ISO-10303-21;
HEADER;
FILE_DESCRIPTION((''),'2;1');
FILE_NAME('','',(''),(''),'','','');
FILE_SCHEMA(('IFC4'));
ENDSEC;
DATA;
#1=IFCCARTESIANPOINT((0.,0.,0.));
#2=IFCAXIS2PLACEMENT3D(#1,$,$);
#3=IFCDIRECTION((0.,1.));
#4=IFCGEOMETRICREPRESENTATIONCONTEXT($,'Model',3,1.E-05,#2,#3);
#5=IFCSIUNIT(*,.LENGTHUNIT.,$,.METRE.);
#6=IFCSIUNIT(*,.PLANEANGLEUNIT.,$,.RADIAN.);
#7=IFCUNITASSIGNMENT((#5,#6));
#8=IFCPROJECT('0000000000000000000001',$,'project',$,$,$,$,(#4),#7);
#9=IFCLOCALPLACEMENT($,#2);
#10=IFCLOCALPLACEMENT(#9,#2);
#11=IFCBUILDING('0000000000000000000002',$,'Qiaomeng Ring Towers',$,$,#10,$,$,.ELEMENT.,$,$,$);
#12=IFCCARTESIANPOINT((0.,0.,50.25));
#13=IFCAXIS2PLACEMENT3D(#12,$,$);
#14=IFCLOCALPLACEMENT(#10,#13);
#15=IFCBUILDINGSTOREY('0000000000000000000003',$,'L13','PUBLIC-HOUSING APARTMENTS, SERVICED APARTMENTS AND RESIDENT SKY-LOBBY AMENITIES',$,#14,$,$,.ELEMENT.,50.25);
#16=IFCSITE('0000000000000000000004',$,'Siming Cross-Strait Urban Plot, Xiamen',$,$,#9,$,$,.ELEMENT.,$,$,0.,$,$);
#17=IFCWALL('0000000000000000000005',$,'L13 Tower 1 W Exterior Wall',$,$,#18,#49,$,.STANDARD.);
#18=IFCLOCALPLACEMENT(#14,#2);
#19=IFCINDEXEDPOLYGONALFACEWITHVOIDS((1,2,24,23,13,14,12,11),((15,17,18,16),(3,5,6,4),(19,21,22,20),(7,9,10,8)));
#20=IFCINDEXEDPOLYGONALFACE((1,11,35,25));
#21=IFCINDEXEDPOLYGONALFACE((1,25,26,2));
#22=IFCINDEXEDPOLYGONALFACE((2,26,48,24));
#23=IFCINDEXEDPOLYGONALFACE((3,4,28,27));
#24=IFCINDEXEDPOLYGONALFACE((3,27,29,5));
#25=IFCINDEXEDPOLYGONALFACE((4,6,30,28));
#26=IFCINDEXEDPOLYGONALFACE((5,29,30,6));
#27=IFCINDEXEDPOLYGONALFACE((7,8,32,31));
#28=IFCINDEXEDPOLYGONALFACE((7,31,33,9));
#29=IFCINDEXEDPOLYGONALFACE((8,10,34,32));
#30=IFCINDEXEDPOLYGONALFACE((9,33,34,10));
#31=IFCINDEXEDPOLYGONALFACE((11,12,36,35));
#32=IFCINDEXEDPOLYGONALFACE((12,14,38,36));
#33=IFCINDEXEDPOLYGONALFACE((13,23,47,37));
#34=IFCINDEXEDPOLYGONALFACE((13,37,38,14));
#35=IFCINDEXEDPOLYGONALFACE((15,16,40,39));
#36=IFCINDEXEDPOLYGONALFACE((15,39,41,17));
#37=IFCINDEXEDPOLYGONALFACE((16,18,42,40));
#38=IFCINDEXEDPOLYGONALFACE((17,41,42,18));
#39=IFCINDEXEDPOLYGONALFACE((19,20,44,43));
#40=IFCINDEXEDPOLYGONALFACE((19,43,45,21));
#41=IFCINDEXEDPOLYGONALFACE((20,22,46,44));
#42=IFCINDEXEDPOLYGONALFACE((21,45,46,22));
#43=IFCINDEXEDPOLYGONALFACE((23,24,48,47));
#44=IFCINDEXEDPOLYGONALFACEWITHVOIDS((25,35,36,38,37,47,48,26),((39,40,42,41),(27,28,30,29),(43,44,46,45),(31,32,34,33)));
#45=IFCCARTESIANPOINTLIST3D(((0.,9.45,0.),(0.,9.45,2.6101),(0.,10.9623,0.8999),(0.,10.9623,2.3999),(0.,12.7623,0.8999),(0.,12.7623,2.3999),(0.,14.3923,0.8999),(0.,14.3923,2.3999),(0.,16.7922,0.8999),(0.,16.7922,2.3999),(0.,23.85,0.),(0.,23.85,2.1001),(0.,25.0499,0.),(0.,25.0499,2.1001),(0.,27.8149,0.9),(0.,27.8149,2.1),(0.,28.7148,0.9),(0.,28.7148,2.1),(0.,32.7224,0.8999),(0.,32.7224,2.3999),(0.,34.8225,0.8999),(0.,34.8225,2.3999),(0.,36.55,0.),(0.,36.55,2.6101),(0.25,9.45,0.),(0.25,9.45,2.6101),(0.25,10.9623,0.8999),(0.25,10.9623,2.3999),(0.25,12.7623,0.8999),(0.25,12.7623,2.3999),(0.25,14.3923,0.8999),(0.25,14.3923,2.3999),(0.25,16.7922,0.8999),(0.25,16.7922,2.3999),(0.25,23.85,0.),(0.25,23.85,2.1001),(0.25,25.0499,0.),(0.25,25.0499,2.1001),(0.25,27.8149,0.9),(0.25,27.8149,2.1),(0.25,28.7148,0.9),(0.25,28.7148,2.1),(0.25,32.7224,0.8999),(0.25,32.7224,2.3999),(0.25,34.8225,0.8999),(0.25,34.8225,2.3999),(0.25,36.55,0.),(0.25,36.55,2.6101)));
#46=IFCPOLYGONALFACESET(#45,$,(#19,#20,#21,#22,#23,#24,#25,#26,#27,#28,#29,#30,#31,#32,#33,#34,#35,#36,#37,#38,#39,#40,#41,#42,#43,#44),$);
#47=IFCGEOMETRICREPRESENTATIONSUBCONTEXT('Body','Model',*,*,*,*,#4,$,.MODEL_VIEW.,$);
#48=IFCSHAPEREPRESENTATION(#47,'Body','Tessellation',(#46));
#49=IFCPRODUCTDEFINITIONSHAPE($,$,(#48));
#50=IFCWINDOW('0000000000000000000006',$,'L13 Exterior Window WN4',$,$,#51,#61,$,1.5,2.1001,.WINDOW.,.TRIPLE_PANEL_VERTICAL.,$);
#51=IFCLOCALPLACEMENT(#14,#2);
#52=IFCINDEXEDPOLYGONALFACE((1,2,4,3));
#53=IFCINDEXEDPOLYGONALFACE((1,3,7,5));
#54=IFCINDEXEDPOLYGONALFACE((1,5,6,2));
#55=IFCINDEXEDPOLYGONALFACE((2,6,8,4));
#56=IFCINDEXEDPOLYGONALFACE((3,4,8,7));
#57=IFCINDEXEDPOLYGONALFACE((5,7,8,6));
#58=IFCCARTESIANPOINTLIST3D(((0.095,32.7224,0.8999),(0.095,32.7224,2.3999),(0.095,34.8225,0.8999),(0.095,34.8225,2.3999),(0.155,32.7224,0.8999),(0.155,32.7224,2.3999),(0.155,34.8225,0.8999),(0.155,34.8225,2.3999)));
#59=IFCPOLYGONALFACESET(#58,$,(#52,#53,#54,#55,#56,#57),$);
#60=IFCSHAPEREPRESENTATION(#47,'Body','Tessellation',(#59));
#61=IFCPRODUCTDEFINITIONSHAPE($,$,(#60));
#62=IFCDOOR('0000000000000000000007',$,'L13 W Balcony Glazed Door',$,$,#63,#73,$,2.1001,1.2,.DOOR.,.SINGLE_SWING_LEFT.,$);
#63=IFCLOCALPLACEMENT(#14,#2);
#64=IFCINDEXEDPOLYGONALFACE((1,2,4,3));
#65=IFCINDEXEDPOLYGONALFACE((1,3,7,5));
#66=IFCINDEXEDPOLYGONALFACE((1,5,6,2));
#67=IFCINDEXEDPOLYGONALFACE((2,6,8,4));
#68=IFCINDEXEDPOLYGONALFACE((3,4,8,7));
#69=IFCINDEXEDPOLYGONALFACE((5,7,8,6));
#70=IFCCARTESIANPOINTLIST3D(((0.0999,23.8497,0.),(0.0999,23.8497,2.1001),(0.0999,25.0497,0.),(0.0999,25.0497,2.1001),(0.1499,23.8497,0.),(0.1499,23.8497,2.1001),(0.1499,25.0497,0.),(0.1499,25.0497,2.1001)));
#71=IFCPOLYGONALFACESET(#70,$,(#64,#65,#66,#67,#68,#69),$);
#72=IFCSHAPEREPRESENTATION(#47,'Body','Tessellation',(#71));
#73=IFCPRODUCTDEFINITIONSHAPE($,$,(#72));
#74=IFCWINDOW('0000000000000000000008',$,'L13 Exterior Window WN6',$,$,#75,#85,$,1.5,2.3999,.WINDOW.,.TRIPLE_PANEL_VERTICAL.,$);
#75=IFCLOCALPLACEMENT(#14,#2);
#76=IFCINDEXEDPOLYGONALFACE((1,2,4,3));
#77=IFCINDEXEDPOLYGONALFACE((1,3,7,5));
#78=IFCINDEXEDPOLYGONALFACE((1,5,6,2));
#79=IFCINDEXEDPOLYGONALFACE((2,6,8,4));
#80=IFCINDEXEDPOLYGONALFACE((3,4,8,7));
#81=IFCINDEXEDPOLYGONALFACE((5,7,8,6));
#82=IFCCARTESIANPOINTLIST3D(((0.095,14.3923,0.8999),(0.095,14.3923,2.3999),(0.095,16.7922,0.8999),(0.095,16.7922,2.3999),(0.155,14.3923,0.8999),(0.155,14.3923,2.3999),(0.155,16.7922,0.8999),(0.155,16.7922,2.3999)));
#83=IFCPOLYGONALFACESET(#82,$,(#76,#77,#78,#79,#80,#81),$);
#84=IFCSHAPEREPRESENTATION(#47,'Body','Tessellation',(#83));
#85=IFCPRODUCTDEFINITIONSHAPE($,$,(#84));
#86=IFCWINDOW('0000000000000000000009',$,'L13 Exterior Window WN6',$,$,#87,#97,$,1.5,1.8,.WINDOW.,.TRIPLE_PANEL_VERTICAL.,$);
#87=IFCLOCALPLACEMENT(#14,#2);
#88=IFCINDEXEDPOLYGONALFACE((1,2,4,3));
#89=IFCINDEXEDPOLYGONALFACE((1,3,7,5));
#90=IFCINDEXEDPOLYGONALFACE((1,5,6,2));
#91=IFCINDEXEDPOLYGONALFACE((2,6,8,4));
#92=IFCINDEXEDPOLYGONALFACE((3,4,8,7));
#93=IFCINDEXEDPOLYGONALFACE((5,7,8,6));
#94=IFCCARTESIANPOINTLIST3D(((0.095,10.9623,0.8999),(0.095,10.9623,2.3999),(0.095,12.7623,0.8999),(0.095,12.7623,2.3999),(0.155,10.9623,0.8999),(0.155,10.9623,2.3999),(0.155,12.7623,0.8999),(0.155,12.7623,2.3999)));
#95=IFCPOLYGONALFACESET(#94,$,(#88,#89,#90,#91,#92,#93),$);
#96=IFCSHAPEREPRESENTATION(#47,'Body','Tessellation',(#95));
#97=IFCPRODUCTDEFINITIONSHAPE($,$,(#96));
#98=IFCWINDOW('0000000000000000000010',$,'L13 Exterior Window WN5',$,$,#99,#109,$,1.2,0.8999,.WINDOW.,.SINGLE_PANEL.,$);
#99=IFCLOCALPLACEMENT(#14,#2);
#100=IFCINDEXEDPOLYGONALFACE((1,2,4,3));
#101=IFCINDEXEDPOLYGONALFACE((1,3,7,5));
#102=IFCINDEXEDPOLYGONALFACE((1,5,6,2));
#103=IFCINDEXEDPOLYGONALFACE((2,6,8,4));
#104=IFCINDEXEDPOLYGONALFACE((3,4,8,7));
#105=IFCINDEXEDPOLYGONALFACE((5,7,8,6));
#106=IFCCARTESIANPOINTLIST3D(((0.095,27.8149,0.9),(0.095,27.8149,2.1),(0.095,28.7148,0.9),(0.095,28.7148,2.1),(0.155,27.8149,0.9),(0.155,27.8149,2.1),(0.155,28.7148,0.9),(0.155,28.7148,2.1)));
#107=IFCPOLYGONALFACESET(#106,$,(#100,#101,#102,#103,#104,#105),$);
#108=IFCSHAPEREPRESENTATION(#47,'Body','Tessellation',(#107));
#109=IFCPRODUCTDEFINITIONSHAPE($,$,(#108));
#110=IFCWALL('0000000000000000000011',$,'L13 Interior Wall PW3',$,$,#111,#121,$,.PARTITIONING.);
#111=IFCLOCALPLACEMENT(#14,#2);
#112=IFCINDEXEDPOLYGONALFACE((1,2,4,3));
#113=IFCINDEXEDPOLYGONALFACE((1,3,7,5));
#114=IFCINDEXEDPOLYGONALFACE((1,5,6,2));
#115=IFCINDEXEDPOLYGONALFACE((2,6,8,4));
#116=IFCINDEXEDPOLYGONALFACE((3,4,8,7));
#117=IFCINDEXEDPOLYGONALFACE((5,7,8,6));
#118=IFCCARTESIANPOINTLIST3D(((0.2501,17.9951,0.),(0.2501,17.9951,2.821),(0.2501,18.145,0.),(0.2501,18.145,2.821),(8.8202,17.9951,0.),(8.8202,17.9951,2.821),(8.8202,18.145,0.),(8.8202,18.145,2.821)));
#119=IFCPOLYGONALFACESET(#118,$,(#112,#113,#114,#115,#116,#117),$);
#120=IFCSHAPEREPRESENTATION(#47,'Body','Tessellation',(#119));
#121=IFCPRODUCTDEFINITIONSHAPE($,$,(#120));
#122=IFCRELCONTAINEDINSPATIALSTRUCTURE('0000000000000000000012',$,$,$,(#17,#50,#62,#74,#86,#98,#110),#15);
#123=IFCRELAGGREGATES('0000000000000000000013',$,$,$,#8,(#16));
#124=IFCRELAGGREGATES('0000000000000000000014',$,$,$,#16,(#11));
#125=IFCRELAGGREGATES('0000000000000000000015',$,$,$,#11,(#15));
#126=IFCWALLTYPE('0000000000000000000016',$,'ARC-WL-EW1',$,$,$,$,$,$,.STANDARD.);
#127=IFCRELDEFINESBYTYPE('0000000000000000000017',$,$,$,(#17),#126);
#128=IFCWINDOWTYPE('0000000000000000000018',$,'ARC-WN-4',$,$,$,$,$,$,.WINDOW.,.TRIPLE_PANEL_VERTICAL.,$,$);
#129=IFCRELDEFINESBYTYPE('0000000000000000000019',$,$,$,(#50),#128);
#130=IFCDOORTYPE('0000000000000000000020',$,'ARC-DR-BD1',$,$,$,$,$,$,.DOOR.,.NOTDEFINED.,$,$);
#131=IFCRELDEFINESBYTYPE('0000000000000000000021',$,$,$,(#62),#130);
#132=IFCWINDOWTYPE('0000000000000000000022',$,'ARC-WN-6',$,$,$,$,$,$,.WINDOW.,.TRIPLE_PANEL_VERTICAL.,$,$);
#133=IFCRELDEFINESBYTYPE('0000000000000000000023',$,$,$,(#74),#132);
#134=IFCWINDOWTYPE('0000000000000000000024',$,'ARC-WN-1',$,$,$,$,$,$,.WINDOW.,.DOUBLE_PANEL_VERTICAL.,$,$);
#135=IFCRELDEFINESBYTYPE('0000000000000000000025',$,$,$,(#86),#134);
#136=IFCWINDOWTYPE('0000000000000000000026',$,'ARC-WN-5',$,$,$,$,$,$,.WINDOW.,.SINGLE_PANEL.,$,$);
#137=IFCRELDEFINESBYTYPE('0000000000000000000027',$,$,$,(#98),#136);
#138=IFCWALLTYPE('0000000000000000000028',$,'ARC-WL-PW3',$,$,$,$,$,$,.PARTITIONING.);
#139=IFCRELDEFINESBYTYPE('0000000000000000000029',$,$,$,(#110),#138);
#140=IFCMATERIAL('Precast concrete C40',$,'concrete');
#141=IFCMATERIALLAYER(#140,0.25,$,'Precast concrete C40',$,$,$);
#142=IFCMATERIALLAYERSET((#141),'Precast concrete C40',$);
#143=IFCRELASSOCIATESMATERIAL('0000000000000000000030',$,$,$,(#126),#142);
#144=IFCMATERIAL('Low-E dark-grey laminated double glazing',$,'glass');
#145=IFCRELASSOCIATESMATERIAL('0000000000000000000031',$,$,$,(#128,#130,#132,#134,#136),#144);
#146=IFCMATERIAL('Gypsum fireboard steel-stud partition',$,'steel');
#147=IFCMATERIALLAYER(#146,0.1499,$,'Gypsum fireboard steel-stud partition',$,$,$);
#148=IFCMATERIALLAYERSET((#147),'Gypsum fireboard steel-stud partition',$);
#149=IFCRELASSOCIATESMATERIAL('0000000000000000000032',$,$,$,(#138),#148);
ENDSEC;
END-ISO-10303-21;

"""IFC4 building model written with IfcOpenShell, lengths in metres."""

from ifc_helpers import new_model, si_unit, direction, frame, frame_2d, origin, place, context, subcontext, project, spatial, rectangle, extrude, source, transform, mapped, material, layer, layer_set, type_object, element, fill, save


model = new_model("IFC4")

# Units and contexts
model_context = context("Model", 3, precision=1e-05, world=origin(), true_north=direction((0.0, 1.0)))
body_context = subcontext(model_context, "Body", "Model", "MODEL_VIEW")
ifc_project = project(units=[si_unit("LENGTHUNIT", "METRE"), si_unit("PLANEANGLEUNIT", "RADIAN")], contexts=[model_context])

# Site, building, storey
site_placement = place(None, origin())
site = spatial("IfcSite", under=ifc_project, at=site_placement, Name="Siming Cross-Strait Urban Plot, Xiamen", CompositionType="ELEMENT", RefElevation=0.0)
building_placement = place(site_placement, origin())
building = spatial("IfcBuilding", under=site, at=building_placement, Name="Qiaomeng Ring Towers", CompositionType="ELEMENT")
storey_placement = place(building_placement, frame((0.0, 0.0, 50.25)))
storey = spatial("IfcBuildingStorey", under=building, at=storey_placement, Name="L13", Description="PUBLIC-HOUSING APARTMENTS, SERVICED APARTMENTS AND RESIDENT SKY-LOBBY AMENITIES", CompositionType="ELEMENT", Elevation=50.25)

# Wall, openings, windows, door
ifc_material_1 = material(Name="Precast concrete C40", Category="concrete")
ifc_layer_1 = layer(ifc_material_1, 0.25, Name="Precast concrete C40")
ifc_layer_set_1 = layer_set([ifc_layer_1], Name="Precast concrete C40")
wall_type_1 = type_object("IfcWallType", Name="ARC-WL-EW1", PredefinedType="STANDARD", material=ifc_layer_set_1)
wall_1_placement = place(storey_placement, frame((0.125, 9.45, 0.0), z_axis=(0.0, 0.0, 1.0), x_axis=(0.0, 1.0, 0.0)))
wall_1 = element("IfcWall", 1, at=wall_1_placement, inside=storey, type_object=wall_type_1, Name="L13 Tower 1 W Exterior Wall", PredefinedType="STANDARD", context=body_context, shape_type="SweptSolid", body=[
    extrude(rectangle(XDim=27.1001, YDim=0.25, at=frame_2d((13.55, 0.0))), origin(), (0.0, 0.0, 1.0), 2.6101),
])
opening_1_placement = place(wall_1_placement, frame((14.3999, 0.0, 0.0)))
opening_1 = element("IfcOpeningElement", 2, at=opening_1_placement, cuts=wall_1, PredefinedType="OPENING", context=body_context, shape_type="SweptSolid", body=[
    extrude(rectangle(XDim=1.2, YDim=2.1001, at=frame_2d((0.6001, 1.05))), frame((0.0, 0.135, 0.0), z_axis=(0.0, -1.0, 0.0), x_axis=(1.0, 0.0, 0.0)), (0.0, 0.0, 1.0), 0.27),
])
opening_2_placement = place(wall_1_placement, frame((1.5125, 0.0, 0.8999)))
opening_2 = element("IfcOpeningElement", 3, at=opening_2_placement, cuts=wall_1, PredefinedType="OPENING", context=body_context, shape_type="SweptSolid", body=[
    extrude(rectangle(XDim=1.8, YDim=1.5, at=frame_2d((0.8999, 0.75))), frame((0.0, 0.135, 0.0), z_axis=(0.0, -1.0, 0.0), x_axis=(1.0, 0.0, 0.0)), (0.0, 0.0, 1.0), 0.27),
])
opening_3_placement = place(wall_1_placement, frame((23.2725, 0.0, 0.8999)))
opening_3 = element("IfcOpeningElement", 4, at=opening_3_placement, cuts=wall_1, PredefinedType="OPENING", context=body_context, shape_type="SweptSolid", body=[
    extrude(rectangle(XDim=2.1001, YDim=1.5, at=frame_2d((1.05, 0.75))), frame((0.0, 0.135, 0.0), z_axis=(0.0, -1.0, 0.0), x_axis=(1.0, 0.0, 0.0)), (0.0, 0.0, 1.0), 0.27),
])
opening_4_placement = place(wall_1_placement, frame((4.9424, 0.0, 0.8999)))
opening_4 = element("IfcOpeningElement", 5, at=opening_4_placement, cuts=wall_1, PredefinedType="OPENING", context=body_context, shape_type="SweptSolid", body=[
    extrude(rectangle(XDim=2.3999, YDim=1.5, at=frame_2d((1.2, 0.75))), frame((0.0, 0.135, 0.0), z_axis=(0.0, -1.0, 0.0), x_axis=(1.0, 0.0, 0.0)), (0.0, 0.0, 1.0), 0.27),
])
opening_5_placement = place(wall_1_placement, frame((18.365, 0.0, 0.8999)))
opening_5 = element("IfcOpeningElement", 6, at=opening_5_placement, cuts=wall_1, PredefinedType="OPENING", context=body_context, shape_type="SweptSolid", body=[
    extrude(rectangle(XDim=0.8999, YDim=1.2, at=frame_2d((0.45, 0.6001))), frame((0.0, 0.135, 0.0), z_axis=(0.0, -1.0, 0.0), x_axis=(1.0, 0.0, 0.0)), (0.0, 0.0, 1.0), 0.27),
])
ifc_material_2 = material(Name="Low-E dark-grey laminated double glazing", Category="glass")
window_type_1 = type_object("IfcWindowType", Name="ARC-WN-4", PartitioningType="TRIPLE_PANEL_VERTICAL", PredefinedType="WINDOW", material=ifc_material_2)
shared_shape_1 = source(origin(), body_context, "Body", "SweptSolid", [
    extrude(rectangle(XDim=2.1001, YDim=1.5, at=frame_2d((1.05, 0.75))), frame((0.0, 0.03, 0.0), z_axis=(0.0, -1.0, 0.0), x_axis=(1.0, 0.0, 0.0)), (0.0, 0.0, 1.0), 0.0601),
])
window_1_placement = place(opening_3_placement, origin())
window_1 = element("IfcWindow", 7, at=window_1_placement, inside=storey, type_object=window_type_1, Name="L13 Exterior Window WN4", OverallHeight=1.5, OverallWidth=2.1001, PartitioningType="TRIPLE_PANEL_VERTICAL", PredefinedType="WINDOW", context=body_context, shape_type="MappedRepresentation", body=[
    mapped(shared_shape_1, transform((0.0, 0.0, 0.0), x_axis=(1.0, 0.0, 0.0), y_axis=(0.0, 1.0, 0.0), z_axis=(0.0, 0.0, 1.0), scale=1.0)),
])
fill(opening_3, window_1)
door_type_1 = type_object("IfcDoorType", Name="ARC-DR-BD1", OperationType="NOTDEFINED", PredefinedType="DOOR", material=ifc_material_2)
shared_shape_2 = source(origin(), body_context, "Body", "SweptSolid", [
    extrude(rectangle(XDim=1.2, YDim=2.1001, at=frame_2d((0.6001, 1.05))), frame((0.0, 0.0249, 0.0), z_axis=(0.0, -1.0, 0.0), x_axis=(1.0, 0.0, 0.0)), (0.0, 0.0, 1.0), 0.05),
])
door_1_placement = place(opening_1_placement, frame((1.2, 0.0, 0.0), z_axis=(0.0, 0.0, 1.0), x_axis=(-1.0, 0.0, 0.0)))
door_1 = element("IfcDoor", 8, at=door_1_placement, inside=storey, type_object=door_type_1, Name="L13 W Balcony Glazed Door", OperationType="SINGLE_SWING_LEFT", OverallHeight=2.1001, OverallWidth=1.2, PredefinedType="DOOR", context=body_context, shape_type="MappedRepresentation", body=[
    mapped(shared_shape_2, transform((0.0, 0.0, 0.0), x_axis=(1.0, 0.0, 0.0), y_axis=(0.0, 1.0, 0.0), z_axis=(0.0, 0.0, 1.0), scale=1.0)),
])
fill(opening_1, door_1)
window_type_2 = type_object("IfcWindowType", Name="ARC-WN-6", PartitioningType="TRIPLE_PANEL_VERTICAL", PredefinedType="WINDOW", material=ifc_material_2)
shared_shape_3 = source(origin(), body_context, "Body", "SweptSolid", [
    extrude(rectangle(XDim=2.3999, YDim=1.5, at=frame_2d((1.2, 0.75))), frame((0.0, 0.03, 0.0), z_axis=(0.0, -1.0, 0.0), x_axis=(1.0, 0.0, 0.0)), (0.0, 0.0, 1.0), 0.0601),
])
window_2_placement = place(opening_4_placement, origin())
window_2 = element("IfcWindow", 9, at=window_2_placement, inside=storey, type_object=window_type_2, Name="L13 Exterior Window WN6", OverallHeight=1.5, OverallWidth=2.3999, PartitioningType="TRIPLE_PANEL_VERTICAL", PredefinedType="WINDOW", context=body_context, shape_type="MappedRepresentation", body=[
    mapped(shared_shape_3, transform((0.0, 0.0, 0.0), x_axis=(1.0, 0.0, 0.0), y_axis=(0.0, 1.0, 0.0), z_axis=(0.0, 0.0, 1.0), scale=1.0)),
])
fill(opening_4, window_2)
window_type_3 = type_object("IfcWindowType", Name="ARC-WN-1", PartitioningType="DOUBLE_PANEL_VERTICAL", PredefinedType="WINDOW", material=ifc_material_2)
shared_shape_4 = source(origin(), body_context, "Body", "SweptSolid", [
    extrude(rectangle(XDim=1.8, YDim=1.5, at=frame_2d((0.8999, 0.75))), frame((0.0, 0.03, 0.0), z_axis=(0.0, -1.0, 0.0), x_axis=(1.0, 0.0, 0.0)), (0.0, 0.0, 1.0), 0.0601),
])
window_3_placement = place(opening_2_placement, origin())
window_3 = element("IfcWindow", 10, at=window_3_placement, inside=storey, type_object=window_type_3, Name="L13 Exterior Window WN6", OverallHeight=1.5, OverallWidth=1.8, PartitioningType="TRIPLE_PANEL_VERTICAL", PredefinedType="WINDOW", context=body_context, shape_type="MappedRepresentation", body=[
    mapped(shared_shape_4, transform((0.0, 0.0, 0.0), x_axis=(1.0, 0.0, 0.0), y_axis=(0.0, 1.0, 0.0), z_axis=(0.0, 0.0, 1.0), scale=1.0)),
])
fill(opening_2, window_3)
window_type_4 = type_object("IfcWindowType", Name="ARC-WN-5", PartitioningType="SINGLE_PANEL", PredefinedType="WINDOW", material=ifc_material_2)
shared_shape_5 = source(origin(), body_context, "Body", "SweptSolid", [
    extrude(rectangle(XDim=0.8999, YDim=1.2, at=frame_2d((0.45, 0.6001))), frame((0.0, 0.03, 0.0), z_axis=(0.0, -1.0, 0.0), x_axis=(1.0, 0.0, 0.0)), (0.0, 0.0, 1.0), 0.0601),
])
window_4_placement = place(opening_5_placement, origin())
window_4 = element("IfcWindow", 11, at=window_4_placement, inside=storey, type_object=window_type_4, Name="L13 Exterior Window WN5", OverallHeight=1.2, OverallWidth=0.8999, PartitioningType="SINGLE_PANEL", PredefinedType="WINDOW", context=body_context, shape_type="MappedRepresentation", body=[
    mapped(shared_shape_5, transform((0.0, 0.0, 0.0), x_axis=(1.0, 0.0, 0.0), y_axis=(0.0, 1.0, 0.0), z_axis=(0.0, 0.0, 1.0), scale=1.0)),
])
fill(opening_5, window_4)

# Wall
ifc_material_3 = material(Name="Gypsum fireboard steel-stud partition", Category="steel")
ifc_layer_2 = layer(ifc_material_3, 0.1499, Name="Gypsum fireboard steel-stud partition")
ifc_layer_set_2 = layer_set([ifc_layer_2], Name="Gypsum fireboard steel-stud partition")
wall_type_2 = type_object("IfcWallType", Name="ARC-WL-PW3", PredefinedType="PARTITIONING", material=ifc_layer_set_2)
wall_2_placement = place(storey_placement, frame((0.25, 18.0701, 0.0), z_axis=(0.0, 0.0, 1.0), x_axis=(1.0, 0.0, 0.0)))
element("IfcWall", 12, at=wall_2_placement, inside=storey, type_object=wall_type_2, Name="L13 Interior Wall PW3", PredefinedType="PARTITIONING", context=body_context, shape_type="SweptSolid", body=[
    extrude(rectangle(XDim=8.5701, YDim=0.1499, at=frame_2d((4.2852, 0.0))), origin(), (0.0, 0.0, 1.0), 2.821),
])

save(model, "model.ifc")
